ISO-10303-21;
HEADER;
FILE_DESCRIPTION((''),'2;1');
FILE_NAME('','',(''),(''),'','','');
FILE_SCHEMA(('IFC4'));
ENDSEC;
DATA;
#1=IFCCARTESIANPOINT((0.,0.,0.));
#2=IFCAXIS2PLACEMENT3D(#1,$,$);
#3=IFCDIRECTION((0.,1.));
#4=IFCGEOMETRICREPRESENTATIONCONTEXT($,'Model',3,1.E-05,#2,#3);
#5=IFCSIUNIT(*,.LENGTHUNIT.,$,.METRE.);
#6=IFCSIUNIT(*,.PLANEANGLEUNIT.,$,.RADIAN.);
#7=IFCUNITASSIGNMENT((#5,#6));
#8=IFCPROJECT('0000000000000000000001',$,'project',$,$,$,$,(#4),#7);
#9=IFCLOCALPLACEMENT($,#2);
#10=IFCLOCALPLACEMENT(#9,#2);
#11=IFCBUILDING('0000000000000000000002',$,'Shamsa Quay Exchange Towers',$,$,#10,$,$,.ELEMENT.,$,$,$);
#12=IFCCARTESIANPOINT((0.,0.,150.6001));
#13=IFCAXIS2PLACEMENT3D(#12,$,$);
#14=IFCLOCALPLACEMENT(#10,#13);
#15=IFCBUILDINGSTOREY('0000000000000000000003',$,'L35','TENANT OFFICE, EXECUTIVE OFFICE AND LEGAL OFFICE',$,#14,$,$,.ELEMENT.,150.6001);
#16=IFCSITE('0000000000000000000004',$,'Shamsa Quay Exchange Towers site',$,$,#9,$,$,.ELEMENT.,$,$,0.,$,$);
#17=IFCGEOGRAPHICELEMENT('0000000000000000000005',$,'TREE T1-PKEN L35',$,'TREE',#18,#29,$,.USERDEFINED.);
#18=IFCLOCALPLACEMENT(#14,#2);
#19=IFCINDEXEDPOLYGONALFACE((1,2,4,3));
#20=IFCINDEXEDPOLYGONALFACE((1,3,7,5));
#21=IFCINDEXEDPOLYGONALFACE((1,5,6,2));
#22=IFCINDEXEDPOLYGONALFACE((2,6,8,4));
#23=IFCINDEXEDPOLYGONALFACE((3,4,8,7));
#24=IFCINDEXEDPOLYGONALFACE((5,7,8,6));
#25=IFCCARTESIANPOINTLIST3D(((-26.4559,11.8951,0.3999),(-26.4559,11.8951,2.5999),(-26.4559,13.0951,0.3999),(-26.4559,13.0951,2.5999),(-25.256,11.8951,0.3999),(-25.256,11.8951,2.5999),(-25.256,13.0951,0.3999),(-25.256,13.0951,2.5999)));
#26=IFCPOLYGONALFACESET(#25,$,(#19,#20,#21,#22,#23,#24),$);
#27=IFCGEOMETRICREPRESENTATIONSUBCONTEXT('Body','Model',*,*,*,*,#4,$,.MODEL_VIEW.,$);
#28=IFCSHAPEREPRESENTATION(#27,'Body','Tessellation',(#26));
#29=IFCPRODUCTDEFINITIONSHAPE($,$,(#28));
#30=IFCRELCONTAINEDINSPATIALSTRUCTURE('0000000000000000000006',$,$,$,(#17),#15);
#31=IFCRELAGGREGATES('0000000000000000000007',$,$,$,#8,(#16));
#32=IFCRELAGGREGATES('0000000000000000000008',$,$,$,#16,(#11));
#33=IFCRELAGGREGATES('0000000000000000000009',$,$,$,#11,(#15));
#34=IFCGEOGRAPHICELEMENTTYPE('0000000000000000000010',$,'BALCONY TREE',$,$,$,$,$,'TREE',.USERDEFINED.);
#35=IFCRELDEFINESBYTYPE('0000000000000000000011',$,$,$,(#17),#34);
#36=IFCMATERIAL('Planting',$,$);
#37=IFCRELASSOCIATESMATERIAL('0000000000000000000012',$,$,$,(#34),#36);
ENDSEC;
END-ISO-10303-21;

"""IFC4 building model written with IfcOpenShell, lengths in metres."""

from ifc_helpers import new_model, si_unit, direction, frame, origin, origin_2d, place, context, subcontext, project, spatial, rectangle, extrude, material, type_object, element, save


model = new_model("IFC4")

# Units and contexts
model_context = context("Model", 3, precision=1e-05, world=origin(), true_north=direction((0.0, 1.0)))
body_context = subcontext(model_context, "Body", "Model", "MODEL_VIEW")
ifc_project = project(units=[si_unit("LENGTHUNIT", "METRE"), si_unit("PLANEANGLEUNIT", "RADIAN")], contexts=[model_context])

# Site, building, storey
site_placement = place(None, origin())
site = spatial("IfcSite", under=ifc_project, at=site_placement, Name="Shamsa Quay Exchange Towers site", CompositionType="ELEMENT", RefElevation=0.0)
building_placement = place(site_placement, origin())
building = spatial("IfcBuilding", under=site, at=building_placement, Name="Shamsa Quay Exchange Towers", CompositionType="ELEMENT")
storey_placement = place(building_placement, frame((0.0, 0.0, 150.6001)))
storey = spatial("IfcBuildingStorey", under=building, at=storey_placement, Name="L35", Description="TENANT OFFICE, EXECUTIVE OFFICE AND LEGAL OFFICE", CompositionType="ELEMENT", Elevation=150.6001)

# Geographic element
ifc_material_1 = material(Name="Planting")
geographic_element_type = type_object("IfcGeographicElementType", Name="BALCONY TREE", ElementType="TREE", PredefinedType="USERDEFINED", material=ifc_material_1)
geographic_element_placement = place(storey_placement, frame((-25.856, 12.4951, 0.3999), z_axis=(0.0, 0.0, 1.0), x_axis=(-1.0, 0.0, 0.0)))
element("IfcGeographicElement", 1, at=geographic_element_placement, inside=storey, type_object=geographic_element_type, Name="TREE T1-PKEN L35", ObjectType="TREE", PredefinedType="USERDEFINED", context=body_context, shape_type="SweptSolid", body=[
    extrude(rectangle(XDim=1.2, YDim=1.2, at=origin_2d()), origin(), (0.0, 0.0, 1.0), 2.2),
])

save(model, "model.ifc")
